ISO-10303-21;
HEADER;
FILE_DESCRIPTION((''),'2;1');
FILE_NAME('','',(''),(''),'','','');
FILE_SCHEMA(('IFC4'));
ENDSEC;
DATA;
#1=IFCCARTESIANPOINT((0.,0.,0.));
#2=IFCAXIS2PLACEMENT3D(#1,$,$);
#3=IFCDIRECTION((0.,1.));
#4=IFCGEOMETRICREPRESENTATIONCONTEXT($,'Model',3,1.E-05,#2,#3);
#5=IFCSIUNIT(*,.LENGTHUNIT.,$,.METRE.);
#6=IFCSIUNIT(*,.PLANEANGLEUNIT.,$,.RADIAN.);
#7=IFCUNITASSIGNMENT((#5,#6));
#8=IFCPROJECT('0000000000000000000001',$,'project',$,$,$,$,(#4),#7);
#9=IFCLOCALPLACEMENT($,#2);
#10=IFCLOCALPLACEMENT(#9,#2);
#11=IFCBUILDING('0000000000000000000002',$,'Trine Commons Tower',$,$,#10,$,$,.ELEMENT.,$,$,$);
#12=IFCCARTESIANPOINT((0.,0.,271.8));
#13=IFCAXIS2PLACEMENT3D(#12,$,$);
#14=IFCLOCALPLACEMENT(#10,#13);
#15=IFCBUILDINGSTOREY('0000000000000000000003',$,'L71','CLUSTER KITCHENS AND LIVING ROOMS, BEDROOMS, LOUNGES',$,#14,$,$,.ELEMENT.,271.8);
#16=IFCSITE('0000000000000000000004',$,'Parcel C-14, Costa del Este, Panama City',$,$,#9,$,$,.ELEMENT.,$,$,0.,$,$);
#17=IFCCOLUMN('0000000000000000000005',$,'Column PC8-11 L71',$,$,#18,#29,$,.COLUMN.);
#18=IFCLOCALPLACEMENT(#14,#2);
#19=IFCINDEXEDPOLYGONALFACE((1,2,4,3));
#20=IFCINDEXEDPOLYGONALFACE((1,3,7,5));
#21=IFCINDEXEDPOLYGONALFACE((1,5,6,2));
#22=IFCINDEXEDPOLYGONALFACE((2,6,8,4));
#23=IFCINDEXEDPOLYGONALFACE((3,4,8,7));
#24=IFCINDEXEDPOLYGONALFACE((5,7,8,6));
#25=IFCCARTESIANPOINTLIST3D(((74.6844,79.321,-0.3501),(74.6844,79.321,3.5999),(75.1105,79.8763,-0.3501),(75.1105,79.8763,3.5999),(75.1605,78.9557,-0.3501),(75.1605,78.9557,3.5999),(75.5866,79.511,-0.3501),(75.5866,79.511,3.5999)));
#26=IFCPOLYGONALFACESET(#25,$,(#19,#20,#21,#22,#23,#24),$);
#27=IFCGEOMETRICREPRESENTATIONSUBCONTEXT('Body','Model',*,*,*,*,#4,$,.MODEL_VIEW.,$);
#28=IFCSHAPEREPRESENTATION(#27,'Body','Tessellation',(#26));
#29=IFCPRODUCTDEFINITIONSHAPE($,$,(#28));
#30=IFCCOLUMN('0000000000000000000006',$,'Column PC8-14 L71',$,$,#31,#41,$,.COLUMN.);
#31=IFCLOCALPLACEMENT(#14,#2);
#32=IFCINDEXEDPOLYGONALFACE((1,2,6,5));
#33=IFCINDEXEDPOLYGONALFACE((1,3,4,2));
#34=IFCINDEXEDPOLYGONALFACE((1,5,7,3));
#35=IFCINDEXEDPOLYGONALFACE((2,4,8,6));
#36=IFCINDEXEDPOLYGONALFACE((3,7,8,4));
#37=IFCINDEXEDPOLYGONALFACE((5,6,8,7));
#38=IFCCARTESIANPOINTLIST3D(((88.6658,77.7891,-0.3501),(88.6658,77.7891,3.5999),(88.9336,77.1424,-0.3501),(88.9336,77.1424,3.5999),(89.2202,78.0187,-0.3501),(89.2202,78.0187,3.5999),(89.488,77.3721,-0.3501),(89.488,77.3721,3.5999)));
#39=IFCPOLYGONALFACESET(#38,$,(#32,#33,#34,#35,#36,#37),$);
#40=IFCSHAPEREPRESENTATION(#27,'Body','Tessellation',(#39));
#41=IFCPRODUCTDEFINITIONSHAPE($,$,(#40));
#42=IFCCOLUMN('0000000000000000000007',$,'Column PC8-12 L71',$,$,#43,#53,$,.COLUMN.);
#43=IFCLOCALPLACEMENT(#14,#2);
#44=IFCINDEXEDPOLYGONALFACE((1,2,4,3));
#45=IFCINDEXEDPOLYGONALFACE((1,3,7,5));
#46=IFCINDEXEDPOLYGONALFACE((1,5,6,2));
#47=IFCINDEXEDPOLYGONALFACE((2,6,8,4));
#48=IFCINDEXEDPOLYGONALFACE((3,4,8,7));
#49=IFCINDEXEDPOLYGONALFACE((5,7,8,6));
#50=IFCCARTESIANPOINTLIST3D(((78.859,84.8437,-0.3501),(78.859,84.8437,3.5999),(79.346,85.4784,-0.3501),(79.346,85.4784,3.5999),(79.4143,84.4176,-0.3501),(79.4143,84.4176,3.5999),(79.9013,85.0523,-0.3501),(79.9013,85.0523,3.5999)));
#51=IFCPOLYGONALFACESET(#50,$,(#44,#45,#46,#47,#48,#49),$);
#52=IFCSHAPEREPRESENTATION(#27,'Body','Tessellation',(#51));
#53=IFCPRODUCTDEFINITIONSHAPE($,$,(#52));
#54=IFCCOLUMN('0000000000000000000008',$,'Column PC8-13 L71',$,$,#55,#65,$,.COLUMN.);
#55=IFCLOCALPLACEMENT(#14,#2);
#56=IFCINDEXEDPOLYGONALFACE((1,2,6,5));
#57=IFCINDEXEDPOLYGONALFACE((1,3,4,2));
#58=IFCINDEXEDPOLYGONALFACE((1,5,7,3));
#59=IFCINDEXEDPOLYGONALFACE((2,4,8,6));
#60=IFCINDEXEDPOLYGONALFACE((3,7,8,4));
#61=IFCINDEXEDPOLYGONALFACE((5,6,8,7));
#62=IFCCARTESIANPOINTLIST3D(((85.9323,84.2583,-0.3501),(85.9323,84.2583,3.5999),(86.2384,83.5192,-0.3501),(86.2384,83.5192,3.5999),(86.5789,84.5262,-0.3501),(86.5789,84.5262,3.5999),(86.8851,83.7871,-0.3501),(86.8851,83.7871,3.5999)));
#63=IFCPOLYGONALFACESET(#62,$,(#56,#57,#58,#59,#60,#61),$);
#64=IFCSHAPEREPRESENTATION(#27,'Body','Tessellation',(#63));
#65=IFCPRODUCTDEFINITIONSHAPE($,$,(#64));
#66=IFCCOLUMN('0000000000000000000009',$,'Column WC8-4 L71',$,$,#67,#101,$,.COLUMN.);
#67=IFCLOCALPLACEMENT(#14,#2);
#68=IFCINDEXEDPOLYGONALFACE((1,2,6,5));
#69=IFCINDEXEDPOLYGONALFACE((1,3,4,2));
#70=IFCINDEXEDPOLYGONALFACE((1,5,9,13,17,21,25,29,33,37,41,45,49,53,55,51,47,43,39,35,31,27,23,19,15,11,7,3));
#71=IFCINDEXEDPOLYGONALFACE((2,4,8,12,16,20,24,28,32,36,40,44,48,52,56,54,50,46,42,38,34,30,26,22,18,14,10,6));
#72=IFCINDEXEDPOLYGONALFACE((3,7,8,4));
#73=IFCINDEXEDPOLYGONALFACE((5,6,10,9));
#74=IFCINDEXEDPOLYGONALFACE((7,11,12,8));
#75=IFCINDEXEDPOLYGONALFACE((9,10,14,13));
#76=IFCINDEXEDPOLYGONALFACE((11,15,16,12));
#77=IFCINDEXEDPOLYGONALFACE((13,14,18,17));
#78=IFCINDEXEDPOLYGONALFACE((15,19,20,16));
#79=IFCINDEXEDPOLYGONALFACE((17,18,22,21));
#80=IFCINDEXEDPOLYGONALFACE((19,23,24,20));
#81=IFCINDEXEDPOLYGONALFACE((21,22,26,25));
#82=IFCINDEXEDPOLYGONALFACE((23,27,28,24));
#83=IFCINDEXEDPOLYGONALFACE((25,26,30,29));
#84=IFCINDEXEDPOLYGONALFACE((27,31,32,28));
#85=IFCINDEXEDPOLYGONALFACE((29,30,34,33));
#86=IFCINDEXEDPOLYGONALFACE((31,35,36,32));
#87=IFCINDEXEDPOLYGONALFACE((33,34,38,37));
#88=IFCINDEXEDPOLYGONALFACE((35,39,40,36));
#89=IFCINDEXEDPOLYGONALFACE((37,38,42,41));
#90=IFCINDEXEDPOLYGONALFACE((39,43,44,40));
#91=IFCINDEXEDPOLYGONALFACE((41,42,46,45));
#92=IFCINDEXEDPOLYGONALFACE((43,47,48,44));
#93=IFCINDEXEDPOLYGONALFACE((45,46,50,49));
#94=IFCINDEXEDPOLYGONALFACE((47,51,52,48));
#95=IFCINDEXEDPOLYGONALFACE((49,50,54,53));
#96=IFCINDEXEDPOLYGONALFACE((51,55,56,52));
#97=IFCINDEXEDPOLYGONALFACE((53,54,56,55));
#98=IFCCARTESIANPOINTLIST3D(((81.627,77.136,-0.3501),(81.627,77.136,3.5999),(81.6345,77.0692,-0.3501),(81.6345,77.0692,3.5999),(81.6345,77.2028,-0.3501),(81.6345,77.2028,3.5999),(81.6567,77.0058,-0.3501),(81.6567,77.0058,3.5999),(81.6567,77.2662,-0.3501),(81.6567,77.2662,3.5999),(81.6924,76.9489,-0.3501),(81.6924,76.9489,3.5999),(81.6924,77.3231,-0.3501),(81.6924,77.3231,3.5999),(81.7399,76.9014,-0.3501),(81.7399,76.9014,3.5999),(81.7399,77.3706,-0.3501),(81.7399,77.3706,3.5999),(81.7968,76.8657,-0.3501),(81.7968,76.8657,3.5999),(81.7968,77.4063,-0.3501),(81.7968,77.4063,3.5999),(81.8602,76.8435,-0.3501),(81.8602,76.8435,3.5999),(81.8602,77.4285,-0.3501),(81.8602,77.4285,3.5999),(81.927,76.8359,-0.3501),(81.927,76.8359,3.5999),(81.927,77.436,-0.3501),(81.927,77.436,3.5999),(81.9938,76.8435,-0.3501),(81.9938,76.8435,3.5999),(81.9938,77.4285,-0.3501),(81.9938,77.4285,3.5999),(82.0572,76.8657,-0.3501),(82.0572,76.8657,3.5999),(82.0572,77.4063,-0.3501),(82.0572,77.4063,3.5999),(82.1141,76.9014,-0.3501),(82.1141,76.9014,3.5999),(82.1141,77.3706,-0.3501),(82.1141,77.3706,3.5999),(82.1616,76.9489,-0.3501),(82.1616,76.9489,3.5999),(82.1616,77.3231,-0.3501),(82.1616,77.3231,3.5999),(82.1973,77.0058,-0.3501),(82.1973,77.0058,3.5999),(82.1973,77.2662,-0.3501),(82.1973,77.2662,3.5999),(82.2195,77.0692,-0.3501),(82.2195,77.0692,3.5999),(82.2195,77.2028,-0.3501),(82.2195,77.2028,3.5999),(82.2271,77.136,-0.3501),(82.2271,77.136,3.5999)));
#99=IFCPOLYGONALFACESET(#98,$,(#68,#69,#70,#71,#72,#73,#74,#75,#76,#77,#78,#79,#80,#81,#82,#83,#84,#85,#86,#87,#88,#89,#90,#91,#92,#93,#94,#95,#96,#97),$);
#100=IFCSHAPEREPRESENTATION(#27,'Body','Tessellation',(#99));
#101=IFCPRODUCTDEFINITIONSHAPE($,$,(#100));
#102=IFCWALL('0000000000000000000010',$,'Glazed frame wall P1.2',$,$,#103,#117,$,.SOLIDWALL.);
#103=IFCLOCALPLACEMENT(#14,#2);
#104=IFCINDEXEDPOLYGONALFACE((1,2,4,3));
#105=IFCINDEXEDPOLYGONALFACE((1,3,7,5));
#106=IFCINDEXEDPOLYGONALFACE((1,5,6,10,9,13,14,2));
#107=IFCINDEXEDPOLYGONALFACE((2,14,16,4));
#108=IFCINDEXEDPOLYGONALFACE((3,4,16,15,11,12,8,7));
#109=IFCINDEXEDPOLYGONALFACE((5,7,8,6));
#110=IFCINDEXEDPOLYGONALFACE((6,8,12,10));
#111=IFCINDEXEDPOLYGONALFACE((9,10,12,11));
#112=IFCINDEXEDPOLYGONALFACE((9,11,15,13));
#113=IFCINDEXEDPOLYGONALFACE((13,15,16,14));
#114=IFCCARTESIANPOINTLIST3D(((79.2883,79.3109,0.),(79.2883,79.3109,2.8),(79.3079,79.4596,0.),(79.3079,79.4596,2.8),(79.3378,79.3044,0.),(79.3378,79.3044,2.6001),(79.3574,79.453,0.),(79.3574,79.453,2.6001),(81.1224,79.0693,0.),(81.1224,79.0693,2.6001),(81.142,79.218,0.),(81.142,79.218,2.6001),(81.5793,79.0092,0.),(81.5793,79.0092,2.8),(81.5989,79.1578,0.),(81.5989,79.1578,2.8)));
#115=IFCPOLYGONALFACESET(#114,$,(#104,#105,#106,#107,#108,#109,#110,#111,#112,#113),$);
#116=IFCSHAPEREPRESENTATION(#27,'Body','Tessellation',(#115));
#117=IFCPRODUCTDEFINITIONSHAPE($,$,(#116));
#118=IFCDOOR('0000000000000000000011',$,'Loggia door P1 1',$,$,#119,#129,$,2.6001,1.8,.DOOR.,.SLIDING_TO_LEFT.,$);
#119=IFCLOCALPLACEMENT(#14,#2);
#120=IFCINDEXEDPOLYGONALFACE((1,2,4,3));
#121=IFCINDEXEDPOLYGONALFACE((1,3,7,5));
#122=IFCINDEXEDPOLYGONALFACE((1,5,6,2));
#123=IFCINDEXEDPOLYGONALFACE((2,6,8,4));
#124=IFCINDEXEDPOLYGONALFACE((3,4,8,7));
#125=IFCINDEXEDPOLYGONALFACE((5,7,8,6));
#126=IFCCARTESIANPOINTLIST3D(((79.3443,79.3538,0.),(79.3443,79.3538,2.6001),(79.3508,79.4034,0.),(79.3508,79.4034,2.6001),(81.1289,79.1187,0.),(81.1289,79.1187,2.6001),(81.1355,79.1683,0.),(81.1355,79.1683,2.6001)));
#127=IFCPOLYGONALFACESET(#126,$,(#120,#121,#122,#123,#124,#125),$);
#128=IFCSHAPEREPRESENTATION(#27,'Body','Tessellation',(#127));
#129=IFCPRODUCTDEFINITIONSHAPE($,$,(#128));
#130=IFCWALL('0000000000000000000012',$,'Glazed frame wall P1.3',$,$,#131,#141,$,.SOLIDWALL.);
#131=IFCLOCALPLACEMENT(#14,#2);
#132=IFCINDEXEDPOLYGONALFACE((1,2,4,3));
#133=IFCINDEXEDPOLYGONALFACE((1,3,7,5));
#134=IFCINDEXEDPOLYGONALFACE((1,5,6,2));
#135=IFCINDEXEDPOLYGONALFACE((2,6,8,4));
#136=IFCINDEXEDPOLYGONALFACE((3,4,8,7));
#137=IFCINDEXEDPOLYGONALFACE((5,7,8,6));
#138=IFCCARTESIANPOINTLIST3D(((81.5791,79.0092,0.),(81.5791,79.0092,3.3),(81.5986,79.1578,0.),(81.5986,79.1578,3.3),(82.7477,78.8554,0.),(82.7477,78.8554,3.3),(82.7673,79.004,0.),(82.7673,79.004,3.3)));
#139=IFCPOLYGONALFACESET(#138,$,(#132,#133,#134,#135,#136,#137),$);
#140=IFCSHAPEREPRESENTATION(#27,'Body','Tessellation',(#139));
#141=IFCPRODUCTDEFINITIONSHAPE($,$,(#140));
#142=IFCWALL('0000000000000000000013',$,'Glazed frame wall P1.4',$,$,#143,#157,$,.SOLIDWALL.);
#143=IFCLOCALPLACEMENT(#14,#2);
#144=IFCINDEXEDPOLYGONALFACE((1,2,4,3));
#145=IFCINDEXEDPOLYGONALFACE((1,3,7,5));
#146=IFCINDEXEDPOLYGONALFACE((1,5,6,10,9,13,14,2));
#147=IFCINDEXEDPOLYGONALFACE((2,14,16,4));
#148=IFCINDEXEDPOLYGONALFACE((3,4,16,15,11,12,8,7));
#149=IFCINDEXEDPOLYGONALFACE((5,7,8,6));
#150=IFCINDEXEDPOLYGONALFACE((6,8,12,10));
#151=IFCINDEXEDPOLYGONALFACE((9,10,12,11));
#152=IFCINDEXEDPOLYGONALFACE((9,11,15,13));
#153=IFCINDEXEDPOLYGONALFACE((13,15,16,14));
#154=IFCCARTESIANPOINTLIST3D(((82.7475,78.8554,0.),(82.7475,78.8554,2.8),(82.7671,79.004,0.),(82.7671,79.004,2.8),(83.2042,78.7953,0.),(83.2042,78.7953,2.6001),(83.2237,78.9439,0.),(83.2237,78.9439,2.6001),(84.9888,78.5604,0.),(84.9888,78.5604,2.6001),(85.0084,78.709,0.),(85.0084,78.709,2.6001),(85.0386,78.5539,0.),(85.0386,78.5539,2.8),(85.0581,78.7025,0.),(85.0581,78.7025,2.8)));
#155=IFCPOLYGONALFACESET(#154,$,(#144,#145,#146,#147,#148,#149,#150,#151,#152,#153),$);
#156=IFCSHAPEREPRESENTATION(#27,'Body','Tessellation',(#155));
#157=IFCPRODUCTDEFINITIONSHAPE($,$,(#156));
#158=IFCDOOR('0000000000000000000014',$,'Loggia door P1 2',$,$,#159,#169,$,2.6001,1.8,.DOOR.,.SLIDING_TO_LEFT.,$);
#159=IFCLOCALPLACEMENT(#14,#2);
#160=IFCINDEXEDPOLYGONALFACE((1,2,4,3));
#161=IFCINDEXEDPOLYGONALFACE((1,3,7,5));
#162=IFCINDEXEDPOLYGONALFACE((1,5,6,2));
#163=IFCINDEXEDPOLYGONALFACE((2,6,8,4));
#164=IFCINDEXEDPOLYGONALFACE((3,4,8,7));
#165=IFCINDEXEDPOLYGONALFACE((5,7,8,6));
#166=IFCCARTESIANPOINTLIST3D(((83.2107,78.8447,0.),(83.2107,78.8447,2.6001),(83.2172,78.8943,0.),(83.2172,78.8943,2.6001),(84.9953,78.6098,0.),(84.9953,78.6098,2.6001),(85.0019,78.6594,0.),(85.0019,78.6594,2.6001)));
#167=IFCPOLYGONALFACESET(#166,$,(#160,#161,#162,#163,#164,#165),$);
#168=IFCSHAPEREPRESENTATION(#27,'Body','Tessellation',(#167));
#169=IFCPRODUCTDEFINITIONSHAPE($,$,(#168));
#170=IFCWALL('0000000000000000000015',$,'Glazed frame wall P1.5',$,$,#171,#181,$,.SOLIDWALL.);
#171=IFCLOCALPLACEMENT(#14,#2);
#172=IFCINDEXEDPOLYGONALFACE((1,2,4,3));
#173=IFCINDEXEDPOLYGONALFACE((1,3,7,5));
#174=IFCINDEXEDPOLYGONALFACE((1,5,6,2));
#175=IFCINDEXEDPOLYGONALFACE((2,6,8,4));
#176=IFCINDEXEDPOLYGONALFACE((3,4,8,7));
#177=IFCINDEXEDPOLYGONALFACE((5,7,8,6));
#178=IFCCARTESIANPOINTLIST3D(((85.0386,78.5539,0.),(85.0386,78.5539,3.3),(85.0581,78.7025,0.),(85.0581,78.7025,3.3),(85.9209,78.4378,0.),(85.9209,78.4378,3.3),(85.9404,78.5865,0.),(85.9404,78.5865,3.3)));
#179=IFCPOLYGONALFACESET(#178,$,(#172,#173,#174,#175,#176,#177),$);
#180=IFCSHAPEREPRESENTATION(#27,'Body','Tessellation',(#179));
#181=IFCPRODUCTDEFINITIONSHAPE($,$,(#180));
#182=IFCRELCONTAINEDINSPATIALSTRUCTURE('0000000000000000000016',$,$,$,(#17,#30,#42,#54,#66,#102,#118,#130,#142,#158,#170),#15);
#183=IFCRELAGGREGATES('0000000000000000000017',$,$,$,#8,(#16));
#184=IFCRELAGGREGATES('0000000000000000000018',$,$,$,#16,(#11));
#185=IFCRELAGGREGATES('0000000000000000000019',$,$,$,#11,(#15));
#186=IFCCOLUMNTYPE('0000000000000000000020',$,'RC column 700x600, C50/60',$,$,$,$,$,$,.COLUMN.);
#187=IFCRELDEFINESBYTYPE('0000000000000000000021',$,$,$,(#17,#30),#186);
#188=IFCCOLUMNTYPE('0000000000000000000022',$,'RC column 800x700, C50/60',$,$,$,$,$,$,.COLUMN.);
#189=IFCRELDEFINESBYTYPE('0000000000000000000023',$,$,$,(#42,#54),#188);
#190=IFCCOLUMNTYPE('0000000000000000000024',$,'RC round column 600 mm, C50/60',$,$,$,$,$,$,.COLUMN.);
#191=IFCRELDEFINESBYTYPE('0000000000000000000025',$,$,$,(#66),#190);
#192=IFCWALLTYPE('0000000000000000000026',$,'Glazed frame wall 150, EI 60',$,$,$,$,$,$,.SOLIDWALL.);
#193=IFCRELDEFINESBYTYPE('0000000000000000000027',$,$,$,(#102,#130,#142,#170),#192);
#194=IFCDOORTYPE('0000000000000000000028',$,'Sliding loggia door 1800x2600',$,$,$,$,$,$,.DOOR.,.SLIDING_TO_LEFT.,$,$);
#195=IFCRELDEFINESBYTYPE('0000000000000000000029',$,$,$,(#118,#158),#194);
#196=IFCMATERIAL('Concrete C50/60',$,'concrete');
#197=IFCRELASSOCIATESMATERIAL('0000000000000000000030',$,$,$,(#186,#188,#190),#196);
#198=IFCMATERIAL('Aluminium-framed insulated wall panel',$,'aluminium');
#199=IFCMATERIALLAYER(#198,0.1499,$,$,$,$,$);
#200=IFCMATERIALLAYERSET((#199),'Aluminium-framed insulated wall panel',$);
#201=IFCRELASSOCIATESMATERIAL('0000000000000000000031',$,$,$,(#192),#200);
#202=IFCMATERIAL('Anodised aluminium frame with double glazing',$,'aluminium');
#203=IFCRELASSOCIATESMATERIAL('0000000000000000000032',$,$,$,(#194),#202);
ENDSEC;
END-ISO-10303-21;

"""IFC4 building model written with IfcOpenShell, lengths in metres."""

from ifc_helpers import new_model, si_unit, direction, frame, frame_2d, origin, origin_2d, place, context, subcontext, project, spatial, polyline, rectangle, circle, outline, extrude, material, layer, layer_set, material_profile, profile_set, type_object, element, fill, save


model = new_model("IFC4")

# Units and contexts
model_context = context("Model", 3, precision=1e-05, world=origin(), true_north=direction((0.0, 1.0)))
body_context = subcontext(model_context, "Body", "Model", "MODEL_VIEW")
ifc_project = project(units=[si_unit("LENGTHUNIT", "METRE"), si_unit("PLANEANGLEUNIT", "RADIAN")], contexts=[model_context])

# Site, building, storey
site_placement = place(None, origin())
site = spatial("IfcSite", under=ifc_project, at=site_placement, Name="Parcel C-14, Costa del Este, Panama City", CompositionType="ELEMENT", RefElevation=0.0)
building_placement = place(site_placement, origin())
building = spatial("IfcBuilding", under=site, at=building_placement, Name="Trine Commons Tower", CompositionType="ELEMENT")
storey_placement = place(building_placement, frame((0.0, 0.0, 271.8)))
storey = spatial("IfcBuildingStorey", under=building, at=storey_placement, Name="L71", Description="CLUSTER KITCHENS AND LIVING ROOMS, BEDROOMS, LOUNGES", CompositionType="ELEMENT", Elevation=271.8)

# Columns
ifc_material_1 = material(Name="Concrete C50/60", Category="concrete")
ifc_material_profile_1 = material_profile(ifc_material_1, rectangle(XDim=0.7, YDim=0.6001, at=origin_2d()), Name="RC 700x600")
ifc_profile_set_1 = profile_set([ifc_material_profile_1], Name="Concrete C50/60")
column_type_1 = type_object("IfcColumnType", Name="RC column 700x600, C50/60", PredefinedType="COLUMN", material=ifc_profile_set_1)
for number, where, z_axis, x_axis, name in (
    (1, (75.1355, 79.416, -0.3501), (0.0, 0.0, 1.0), (0.608761, 0.793353, 0.0), "Column PC8-11 L71"),
    (2, (89.0769, 77.5806, -0.3501), (0.0, 0.0, 1.0), (-0.382683, 0.92388, 0.0), "Column PC8-14 L71"),
):
    element("IfcColumn", number, at=place(storey_placement, frame(where, z_axis=z_axis, x_axis=x_axis)), inside=storey, type_object=column_type_1, Name=name, PredefinedType="COLUMN", context=body_context, shape_type="SweptSolid", body=[
        extrude(rectangle(XDim=0.7, YDim=0.6001, at=origin_2d()), origin(), (0.0, 0.0, 1.0), 3.95),
    ])
ifc_material_profile_2 = material_profile(ifc_material_1, rectangle(XDim=0.8, YDim=0.7, at=origin_2d()), Name="RC 800x700")
ifc_profile_set_2 = profile_set([ifc_material_profile_2], Name="Concrete C50/60")
column_type_2 = type_object("IfcColumnType", Name="RC column 800x700, C50/60", PredefinedType="COLUMN", material=ifc_profile_set_2)
for number, where, z_axis, x_axis, name in (
    (3, (79.3801, 84.948, -0.3501), (0.0, 0.0, 1.0), (0.608761, 0.793353, 0.0), "Column PC8-12 L71"),
    (4, (86.4087, 84.0227, -0.3501), (0.0, 0.0, 1.0), (-0.382683, 0.92388, 0.0), "Column PC8-13 L71"),
):
    element("IfcColumn", number, at=place(storey_placement, frame(where, z_axis=z_axis, x_axis=x_axis)), inside=storey, type_object=column_type_2, Name=name, PredefinedType="COLUMN", context=body_context, shape_type="SweptSolid", body=[
        extrude(rectangle(XDim=0.8, YDim=0.7, at=origin_2d()), origin(), (0.0, 0.0, 1.0), 3.95),
    ])
ifc_material_profile_3 = material_profile(ifc_material_1, circle(Radius=0.3, at=origin_2d()), Name="RC round 600")
ifc_profile_set_3 = profile_set([ifc_material_profile_3], Name="Concrete C50/60")
column_type_3 = type_object("IfcColumnType", Name="RC round column 600 mm, C50/60", PredefinedType="COLUMN", material=ifc_profile_set_3)
column_placement = place(storey_placement, frame((81.927, 77.136, -0.3501), z_axis=(0.0, 0.0, 1.0), x_axis=(1.0, 0.0, 0.0)))
element("IfcColumn", 5, at=column_placement, inside=storey, type_object=column_type_3, Name="Column WC8-4 L71", PredefinedType="COLUMN", context=body_context, shape_type="SweptSolid", body=[
    extrude(circle(Radius=0.3, at=origin_2d()), origin(), (0.0, 0.0, 1.0), 3.95),
])

# Shared definitions
ifc_material_2 = material(Name="Aluminium-framed insulated wall panel", Category="aluminium")
ifc_layer_1 = layer(ifc_material_2, 0.1499)
ifc_layer_set_1 = layer_set([ifc_layer_1], Name="Aluminium-framed insulated wall panel")
wall_type_1 = type_object("IfcWallType", Name="Glazed frame wall 150, EI 60", PredefinedType="SOLIDWALL", material=ifc_layer_set_1)

# Wall, opening, door
wall_1_placement = place(storey_placement, frame((79.2981, 79.3853, 0.0), z_axis=(0.0, 0.0, 1.0), x_axis=(0.991435, -0.130599, 0.0)))
wall_1 = element("IfcWall", 6, at=wall_1_placement, inside=storey, type_object=wall_type_1, Name="Glazed frame wall P1.2", PredefinedType="SOLIDWALL", context=body_context, shape_type="SweptSolid", body=[
    extrude(outline(polyline([(0.0, -0.075), (2.3108, -0.075), (2.3108, 0.075), (0.0, 0.075), (0.0, -0.075)])), origin(), (0.0, 0.0, 1.0), 2.8),
])
opening_1_placement = place(wall_1_placement, frame((0.05, 0.0, 0.0)))
opening_1 = element("IfcOpeningElement", 7, at=opening_1_placement, cuts=wall_1, PredefinedType="OPENING", context=body_context, shape_type="SweptSolid", body=[
    extrude(rectangle(XDim=1.8, YDim=2.6001, at=frame_2d((0.8999, 1.3))), frame((0.0, 0.085, 0.0), z_axis=(0.0, -1.0, 0.0), x_axis=(1.0, 0.0, 0.0)), (0.0, 0.0, 1.0), 0.1699),
])
ifc_material_3 = material(Name="Anodised aluminium frame with double glazing", Category="aluminium")
door_type = type_object("IfcDoorType", Name="Sliding loggia door 1800x2600", OperationType="SLIDING_TO_LEFT", PredefinedType="DOOR", material=ifc_material_3)
door_1_placement = place(opening_1_placement, origin())
door_1 = element("IfcDoor", 8, at=door_1_placement, inside=storey, type_object=door_type, Name="Loggia door P1 1", OperationType="SLIDING_TO_LEFT", OverallHeight=2.6001, OverallWidth=1.8, PredefinedType="DOOR", context=body_context, shape_type="SweptSolid", body=[
    extrude(rectangle(XDim=1.8, YDim=2.6001, at=frame_2d((0.8999, 1.3))), frame((0.0, 0.0249, 0.0), z_axis=(0.0, -1.0, 0.0), x_axis=(1.0, 0.0, 0.0)), (0.0, 0.0, 1.0), 0.05),
])
fill(opening_1, door_1)

# Wall
wall_2_placement = place(storey_placement, frame((81.5889, 79.0835, 0.0), z_axis=(0.0, 0.0, 1.0), x_axis=(0.991447, -0.130508, 0.0)))
element("IfcWall", 9, at=wall_2_placement, inside=storey, type_object=wall_type_1, Name="Glazed frame wall P1.3", PredefinedType="SOLIDWALL", context=body_context, shape_type="SweptSolid", body=[
    extrude(outline(polyline([(0.0, -0.075), (1.1787, -0.075), (1.1787, 0.075), (0.0, 0.075), (0.0, -0.075)])), origin(), (0.0, 0.0, 1.0), 3.3),
])

# Wall, opening, door
wall_3_placement = place(storey_placement, frame((82.7573, 78.9297, 0.0), z_axis=(0.0, 0.0, 1.0), x_axis=(0.991451, -0.130482, 0.0)))
wall_3 = element("IfcWall", 10, at=wall_3_placement, inside=storey, type_object=wall_type_1, Name="Glazed frame wall P1.4", PredefinedType="SOLIDWALL", context=body_context, shape_type="SweptSolid", body=[
    extrude(outline(polyline([(0.0, -0.075), (2.3108, -0.075), (2.3108, 0.075), (0.0, 0.075), (0.0, -0.075)])), origin(), (0.0, 0.0, 1.0), 2.8),
])
opening_2_placement = place(wall_3_placement, frame((0.4607, 0.0, 0.0)))
opening_2 = element("IfcOpeningElement", 11, at=opening_2_placement, cuts=wall_3, PredefinedType="OPENING", context=body_context, shape_type="SweptSolid", body=[
    extrude(rectangle(XDim=1.8, YDim=2.6001, at=frame_2d((0.8999, 1.3))), frame((0.0, 0.085, 0.0), z_axis=(0.0, -1.0, 0.0), x_axis=(1.0, 0.0, 0.0)), (0.0, 0.0, 1.0), 0.1699),
])
door_2_placement = place(opening_2_placement, origin())
door_2 = element("IfcDoor", 12, at=door_2_placement, inside=storey, type_object=door_type, Name="Loggia door P1 2", OperationType="SLIDING_TO_LEFT", OverallHeight=2.6001, OverallWidth=1.8, PredefinedType="DOOR", context=body_context, shape_type="SweptSolid", body=[
    extrude(rectangle(XDim=1.8, YDim=2.6001, at=frame_2d((0.8999, 1.3))), frame((0.0, 0.0249, 0.0), z_axis=(0.0, -1.0, 0.0), x_axis=(1.0, 0.0, 0.0)), (0.0, 0.0, 1.0), 0.05),
])
fill(opening_2, door_2)

# Wall
wall_4_placement = place(storey_placement, frame((85.0483, 78.6282, 0.0), z_axis=(0.0, 0.0, 1.0), x_axis=(0.991465, -0.130372, 0.0)))
element("IfcWall", 13, at=wall_4_placement, inside=storey, type_object=wall_type_1, Name="Glazed frame wall P1.5", PredefinedType="SOLIDWALL", context=body_context, shape_type="SweptSolid", body=[
    extrude(outline(polyline([(0.8899, 0.075), (0.0, 0.075), (0.0, -0.075), (0.8899, -0.075), (0.8899, 0.075)])), origin(), (0.0, 0.0, 1.0), 3.3),
])

save(model, "model.ifc")
